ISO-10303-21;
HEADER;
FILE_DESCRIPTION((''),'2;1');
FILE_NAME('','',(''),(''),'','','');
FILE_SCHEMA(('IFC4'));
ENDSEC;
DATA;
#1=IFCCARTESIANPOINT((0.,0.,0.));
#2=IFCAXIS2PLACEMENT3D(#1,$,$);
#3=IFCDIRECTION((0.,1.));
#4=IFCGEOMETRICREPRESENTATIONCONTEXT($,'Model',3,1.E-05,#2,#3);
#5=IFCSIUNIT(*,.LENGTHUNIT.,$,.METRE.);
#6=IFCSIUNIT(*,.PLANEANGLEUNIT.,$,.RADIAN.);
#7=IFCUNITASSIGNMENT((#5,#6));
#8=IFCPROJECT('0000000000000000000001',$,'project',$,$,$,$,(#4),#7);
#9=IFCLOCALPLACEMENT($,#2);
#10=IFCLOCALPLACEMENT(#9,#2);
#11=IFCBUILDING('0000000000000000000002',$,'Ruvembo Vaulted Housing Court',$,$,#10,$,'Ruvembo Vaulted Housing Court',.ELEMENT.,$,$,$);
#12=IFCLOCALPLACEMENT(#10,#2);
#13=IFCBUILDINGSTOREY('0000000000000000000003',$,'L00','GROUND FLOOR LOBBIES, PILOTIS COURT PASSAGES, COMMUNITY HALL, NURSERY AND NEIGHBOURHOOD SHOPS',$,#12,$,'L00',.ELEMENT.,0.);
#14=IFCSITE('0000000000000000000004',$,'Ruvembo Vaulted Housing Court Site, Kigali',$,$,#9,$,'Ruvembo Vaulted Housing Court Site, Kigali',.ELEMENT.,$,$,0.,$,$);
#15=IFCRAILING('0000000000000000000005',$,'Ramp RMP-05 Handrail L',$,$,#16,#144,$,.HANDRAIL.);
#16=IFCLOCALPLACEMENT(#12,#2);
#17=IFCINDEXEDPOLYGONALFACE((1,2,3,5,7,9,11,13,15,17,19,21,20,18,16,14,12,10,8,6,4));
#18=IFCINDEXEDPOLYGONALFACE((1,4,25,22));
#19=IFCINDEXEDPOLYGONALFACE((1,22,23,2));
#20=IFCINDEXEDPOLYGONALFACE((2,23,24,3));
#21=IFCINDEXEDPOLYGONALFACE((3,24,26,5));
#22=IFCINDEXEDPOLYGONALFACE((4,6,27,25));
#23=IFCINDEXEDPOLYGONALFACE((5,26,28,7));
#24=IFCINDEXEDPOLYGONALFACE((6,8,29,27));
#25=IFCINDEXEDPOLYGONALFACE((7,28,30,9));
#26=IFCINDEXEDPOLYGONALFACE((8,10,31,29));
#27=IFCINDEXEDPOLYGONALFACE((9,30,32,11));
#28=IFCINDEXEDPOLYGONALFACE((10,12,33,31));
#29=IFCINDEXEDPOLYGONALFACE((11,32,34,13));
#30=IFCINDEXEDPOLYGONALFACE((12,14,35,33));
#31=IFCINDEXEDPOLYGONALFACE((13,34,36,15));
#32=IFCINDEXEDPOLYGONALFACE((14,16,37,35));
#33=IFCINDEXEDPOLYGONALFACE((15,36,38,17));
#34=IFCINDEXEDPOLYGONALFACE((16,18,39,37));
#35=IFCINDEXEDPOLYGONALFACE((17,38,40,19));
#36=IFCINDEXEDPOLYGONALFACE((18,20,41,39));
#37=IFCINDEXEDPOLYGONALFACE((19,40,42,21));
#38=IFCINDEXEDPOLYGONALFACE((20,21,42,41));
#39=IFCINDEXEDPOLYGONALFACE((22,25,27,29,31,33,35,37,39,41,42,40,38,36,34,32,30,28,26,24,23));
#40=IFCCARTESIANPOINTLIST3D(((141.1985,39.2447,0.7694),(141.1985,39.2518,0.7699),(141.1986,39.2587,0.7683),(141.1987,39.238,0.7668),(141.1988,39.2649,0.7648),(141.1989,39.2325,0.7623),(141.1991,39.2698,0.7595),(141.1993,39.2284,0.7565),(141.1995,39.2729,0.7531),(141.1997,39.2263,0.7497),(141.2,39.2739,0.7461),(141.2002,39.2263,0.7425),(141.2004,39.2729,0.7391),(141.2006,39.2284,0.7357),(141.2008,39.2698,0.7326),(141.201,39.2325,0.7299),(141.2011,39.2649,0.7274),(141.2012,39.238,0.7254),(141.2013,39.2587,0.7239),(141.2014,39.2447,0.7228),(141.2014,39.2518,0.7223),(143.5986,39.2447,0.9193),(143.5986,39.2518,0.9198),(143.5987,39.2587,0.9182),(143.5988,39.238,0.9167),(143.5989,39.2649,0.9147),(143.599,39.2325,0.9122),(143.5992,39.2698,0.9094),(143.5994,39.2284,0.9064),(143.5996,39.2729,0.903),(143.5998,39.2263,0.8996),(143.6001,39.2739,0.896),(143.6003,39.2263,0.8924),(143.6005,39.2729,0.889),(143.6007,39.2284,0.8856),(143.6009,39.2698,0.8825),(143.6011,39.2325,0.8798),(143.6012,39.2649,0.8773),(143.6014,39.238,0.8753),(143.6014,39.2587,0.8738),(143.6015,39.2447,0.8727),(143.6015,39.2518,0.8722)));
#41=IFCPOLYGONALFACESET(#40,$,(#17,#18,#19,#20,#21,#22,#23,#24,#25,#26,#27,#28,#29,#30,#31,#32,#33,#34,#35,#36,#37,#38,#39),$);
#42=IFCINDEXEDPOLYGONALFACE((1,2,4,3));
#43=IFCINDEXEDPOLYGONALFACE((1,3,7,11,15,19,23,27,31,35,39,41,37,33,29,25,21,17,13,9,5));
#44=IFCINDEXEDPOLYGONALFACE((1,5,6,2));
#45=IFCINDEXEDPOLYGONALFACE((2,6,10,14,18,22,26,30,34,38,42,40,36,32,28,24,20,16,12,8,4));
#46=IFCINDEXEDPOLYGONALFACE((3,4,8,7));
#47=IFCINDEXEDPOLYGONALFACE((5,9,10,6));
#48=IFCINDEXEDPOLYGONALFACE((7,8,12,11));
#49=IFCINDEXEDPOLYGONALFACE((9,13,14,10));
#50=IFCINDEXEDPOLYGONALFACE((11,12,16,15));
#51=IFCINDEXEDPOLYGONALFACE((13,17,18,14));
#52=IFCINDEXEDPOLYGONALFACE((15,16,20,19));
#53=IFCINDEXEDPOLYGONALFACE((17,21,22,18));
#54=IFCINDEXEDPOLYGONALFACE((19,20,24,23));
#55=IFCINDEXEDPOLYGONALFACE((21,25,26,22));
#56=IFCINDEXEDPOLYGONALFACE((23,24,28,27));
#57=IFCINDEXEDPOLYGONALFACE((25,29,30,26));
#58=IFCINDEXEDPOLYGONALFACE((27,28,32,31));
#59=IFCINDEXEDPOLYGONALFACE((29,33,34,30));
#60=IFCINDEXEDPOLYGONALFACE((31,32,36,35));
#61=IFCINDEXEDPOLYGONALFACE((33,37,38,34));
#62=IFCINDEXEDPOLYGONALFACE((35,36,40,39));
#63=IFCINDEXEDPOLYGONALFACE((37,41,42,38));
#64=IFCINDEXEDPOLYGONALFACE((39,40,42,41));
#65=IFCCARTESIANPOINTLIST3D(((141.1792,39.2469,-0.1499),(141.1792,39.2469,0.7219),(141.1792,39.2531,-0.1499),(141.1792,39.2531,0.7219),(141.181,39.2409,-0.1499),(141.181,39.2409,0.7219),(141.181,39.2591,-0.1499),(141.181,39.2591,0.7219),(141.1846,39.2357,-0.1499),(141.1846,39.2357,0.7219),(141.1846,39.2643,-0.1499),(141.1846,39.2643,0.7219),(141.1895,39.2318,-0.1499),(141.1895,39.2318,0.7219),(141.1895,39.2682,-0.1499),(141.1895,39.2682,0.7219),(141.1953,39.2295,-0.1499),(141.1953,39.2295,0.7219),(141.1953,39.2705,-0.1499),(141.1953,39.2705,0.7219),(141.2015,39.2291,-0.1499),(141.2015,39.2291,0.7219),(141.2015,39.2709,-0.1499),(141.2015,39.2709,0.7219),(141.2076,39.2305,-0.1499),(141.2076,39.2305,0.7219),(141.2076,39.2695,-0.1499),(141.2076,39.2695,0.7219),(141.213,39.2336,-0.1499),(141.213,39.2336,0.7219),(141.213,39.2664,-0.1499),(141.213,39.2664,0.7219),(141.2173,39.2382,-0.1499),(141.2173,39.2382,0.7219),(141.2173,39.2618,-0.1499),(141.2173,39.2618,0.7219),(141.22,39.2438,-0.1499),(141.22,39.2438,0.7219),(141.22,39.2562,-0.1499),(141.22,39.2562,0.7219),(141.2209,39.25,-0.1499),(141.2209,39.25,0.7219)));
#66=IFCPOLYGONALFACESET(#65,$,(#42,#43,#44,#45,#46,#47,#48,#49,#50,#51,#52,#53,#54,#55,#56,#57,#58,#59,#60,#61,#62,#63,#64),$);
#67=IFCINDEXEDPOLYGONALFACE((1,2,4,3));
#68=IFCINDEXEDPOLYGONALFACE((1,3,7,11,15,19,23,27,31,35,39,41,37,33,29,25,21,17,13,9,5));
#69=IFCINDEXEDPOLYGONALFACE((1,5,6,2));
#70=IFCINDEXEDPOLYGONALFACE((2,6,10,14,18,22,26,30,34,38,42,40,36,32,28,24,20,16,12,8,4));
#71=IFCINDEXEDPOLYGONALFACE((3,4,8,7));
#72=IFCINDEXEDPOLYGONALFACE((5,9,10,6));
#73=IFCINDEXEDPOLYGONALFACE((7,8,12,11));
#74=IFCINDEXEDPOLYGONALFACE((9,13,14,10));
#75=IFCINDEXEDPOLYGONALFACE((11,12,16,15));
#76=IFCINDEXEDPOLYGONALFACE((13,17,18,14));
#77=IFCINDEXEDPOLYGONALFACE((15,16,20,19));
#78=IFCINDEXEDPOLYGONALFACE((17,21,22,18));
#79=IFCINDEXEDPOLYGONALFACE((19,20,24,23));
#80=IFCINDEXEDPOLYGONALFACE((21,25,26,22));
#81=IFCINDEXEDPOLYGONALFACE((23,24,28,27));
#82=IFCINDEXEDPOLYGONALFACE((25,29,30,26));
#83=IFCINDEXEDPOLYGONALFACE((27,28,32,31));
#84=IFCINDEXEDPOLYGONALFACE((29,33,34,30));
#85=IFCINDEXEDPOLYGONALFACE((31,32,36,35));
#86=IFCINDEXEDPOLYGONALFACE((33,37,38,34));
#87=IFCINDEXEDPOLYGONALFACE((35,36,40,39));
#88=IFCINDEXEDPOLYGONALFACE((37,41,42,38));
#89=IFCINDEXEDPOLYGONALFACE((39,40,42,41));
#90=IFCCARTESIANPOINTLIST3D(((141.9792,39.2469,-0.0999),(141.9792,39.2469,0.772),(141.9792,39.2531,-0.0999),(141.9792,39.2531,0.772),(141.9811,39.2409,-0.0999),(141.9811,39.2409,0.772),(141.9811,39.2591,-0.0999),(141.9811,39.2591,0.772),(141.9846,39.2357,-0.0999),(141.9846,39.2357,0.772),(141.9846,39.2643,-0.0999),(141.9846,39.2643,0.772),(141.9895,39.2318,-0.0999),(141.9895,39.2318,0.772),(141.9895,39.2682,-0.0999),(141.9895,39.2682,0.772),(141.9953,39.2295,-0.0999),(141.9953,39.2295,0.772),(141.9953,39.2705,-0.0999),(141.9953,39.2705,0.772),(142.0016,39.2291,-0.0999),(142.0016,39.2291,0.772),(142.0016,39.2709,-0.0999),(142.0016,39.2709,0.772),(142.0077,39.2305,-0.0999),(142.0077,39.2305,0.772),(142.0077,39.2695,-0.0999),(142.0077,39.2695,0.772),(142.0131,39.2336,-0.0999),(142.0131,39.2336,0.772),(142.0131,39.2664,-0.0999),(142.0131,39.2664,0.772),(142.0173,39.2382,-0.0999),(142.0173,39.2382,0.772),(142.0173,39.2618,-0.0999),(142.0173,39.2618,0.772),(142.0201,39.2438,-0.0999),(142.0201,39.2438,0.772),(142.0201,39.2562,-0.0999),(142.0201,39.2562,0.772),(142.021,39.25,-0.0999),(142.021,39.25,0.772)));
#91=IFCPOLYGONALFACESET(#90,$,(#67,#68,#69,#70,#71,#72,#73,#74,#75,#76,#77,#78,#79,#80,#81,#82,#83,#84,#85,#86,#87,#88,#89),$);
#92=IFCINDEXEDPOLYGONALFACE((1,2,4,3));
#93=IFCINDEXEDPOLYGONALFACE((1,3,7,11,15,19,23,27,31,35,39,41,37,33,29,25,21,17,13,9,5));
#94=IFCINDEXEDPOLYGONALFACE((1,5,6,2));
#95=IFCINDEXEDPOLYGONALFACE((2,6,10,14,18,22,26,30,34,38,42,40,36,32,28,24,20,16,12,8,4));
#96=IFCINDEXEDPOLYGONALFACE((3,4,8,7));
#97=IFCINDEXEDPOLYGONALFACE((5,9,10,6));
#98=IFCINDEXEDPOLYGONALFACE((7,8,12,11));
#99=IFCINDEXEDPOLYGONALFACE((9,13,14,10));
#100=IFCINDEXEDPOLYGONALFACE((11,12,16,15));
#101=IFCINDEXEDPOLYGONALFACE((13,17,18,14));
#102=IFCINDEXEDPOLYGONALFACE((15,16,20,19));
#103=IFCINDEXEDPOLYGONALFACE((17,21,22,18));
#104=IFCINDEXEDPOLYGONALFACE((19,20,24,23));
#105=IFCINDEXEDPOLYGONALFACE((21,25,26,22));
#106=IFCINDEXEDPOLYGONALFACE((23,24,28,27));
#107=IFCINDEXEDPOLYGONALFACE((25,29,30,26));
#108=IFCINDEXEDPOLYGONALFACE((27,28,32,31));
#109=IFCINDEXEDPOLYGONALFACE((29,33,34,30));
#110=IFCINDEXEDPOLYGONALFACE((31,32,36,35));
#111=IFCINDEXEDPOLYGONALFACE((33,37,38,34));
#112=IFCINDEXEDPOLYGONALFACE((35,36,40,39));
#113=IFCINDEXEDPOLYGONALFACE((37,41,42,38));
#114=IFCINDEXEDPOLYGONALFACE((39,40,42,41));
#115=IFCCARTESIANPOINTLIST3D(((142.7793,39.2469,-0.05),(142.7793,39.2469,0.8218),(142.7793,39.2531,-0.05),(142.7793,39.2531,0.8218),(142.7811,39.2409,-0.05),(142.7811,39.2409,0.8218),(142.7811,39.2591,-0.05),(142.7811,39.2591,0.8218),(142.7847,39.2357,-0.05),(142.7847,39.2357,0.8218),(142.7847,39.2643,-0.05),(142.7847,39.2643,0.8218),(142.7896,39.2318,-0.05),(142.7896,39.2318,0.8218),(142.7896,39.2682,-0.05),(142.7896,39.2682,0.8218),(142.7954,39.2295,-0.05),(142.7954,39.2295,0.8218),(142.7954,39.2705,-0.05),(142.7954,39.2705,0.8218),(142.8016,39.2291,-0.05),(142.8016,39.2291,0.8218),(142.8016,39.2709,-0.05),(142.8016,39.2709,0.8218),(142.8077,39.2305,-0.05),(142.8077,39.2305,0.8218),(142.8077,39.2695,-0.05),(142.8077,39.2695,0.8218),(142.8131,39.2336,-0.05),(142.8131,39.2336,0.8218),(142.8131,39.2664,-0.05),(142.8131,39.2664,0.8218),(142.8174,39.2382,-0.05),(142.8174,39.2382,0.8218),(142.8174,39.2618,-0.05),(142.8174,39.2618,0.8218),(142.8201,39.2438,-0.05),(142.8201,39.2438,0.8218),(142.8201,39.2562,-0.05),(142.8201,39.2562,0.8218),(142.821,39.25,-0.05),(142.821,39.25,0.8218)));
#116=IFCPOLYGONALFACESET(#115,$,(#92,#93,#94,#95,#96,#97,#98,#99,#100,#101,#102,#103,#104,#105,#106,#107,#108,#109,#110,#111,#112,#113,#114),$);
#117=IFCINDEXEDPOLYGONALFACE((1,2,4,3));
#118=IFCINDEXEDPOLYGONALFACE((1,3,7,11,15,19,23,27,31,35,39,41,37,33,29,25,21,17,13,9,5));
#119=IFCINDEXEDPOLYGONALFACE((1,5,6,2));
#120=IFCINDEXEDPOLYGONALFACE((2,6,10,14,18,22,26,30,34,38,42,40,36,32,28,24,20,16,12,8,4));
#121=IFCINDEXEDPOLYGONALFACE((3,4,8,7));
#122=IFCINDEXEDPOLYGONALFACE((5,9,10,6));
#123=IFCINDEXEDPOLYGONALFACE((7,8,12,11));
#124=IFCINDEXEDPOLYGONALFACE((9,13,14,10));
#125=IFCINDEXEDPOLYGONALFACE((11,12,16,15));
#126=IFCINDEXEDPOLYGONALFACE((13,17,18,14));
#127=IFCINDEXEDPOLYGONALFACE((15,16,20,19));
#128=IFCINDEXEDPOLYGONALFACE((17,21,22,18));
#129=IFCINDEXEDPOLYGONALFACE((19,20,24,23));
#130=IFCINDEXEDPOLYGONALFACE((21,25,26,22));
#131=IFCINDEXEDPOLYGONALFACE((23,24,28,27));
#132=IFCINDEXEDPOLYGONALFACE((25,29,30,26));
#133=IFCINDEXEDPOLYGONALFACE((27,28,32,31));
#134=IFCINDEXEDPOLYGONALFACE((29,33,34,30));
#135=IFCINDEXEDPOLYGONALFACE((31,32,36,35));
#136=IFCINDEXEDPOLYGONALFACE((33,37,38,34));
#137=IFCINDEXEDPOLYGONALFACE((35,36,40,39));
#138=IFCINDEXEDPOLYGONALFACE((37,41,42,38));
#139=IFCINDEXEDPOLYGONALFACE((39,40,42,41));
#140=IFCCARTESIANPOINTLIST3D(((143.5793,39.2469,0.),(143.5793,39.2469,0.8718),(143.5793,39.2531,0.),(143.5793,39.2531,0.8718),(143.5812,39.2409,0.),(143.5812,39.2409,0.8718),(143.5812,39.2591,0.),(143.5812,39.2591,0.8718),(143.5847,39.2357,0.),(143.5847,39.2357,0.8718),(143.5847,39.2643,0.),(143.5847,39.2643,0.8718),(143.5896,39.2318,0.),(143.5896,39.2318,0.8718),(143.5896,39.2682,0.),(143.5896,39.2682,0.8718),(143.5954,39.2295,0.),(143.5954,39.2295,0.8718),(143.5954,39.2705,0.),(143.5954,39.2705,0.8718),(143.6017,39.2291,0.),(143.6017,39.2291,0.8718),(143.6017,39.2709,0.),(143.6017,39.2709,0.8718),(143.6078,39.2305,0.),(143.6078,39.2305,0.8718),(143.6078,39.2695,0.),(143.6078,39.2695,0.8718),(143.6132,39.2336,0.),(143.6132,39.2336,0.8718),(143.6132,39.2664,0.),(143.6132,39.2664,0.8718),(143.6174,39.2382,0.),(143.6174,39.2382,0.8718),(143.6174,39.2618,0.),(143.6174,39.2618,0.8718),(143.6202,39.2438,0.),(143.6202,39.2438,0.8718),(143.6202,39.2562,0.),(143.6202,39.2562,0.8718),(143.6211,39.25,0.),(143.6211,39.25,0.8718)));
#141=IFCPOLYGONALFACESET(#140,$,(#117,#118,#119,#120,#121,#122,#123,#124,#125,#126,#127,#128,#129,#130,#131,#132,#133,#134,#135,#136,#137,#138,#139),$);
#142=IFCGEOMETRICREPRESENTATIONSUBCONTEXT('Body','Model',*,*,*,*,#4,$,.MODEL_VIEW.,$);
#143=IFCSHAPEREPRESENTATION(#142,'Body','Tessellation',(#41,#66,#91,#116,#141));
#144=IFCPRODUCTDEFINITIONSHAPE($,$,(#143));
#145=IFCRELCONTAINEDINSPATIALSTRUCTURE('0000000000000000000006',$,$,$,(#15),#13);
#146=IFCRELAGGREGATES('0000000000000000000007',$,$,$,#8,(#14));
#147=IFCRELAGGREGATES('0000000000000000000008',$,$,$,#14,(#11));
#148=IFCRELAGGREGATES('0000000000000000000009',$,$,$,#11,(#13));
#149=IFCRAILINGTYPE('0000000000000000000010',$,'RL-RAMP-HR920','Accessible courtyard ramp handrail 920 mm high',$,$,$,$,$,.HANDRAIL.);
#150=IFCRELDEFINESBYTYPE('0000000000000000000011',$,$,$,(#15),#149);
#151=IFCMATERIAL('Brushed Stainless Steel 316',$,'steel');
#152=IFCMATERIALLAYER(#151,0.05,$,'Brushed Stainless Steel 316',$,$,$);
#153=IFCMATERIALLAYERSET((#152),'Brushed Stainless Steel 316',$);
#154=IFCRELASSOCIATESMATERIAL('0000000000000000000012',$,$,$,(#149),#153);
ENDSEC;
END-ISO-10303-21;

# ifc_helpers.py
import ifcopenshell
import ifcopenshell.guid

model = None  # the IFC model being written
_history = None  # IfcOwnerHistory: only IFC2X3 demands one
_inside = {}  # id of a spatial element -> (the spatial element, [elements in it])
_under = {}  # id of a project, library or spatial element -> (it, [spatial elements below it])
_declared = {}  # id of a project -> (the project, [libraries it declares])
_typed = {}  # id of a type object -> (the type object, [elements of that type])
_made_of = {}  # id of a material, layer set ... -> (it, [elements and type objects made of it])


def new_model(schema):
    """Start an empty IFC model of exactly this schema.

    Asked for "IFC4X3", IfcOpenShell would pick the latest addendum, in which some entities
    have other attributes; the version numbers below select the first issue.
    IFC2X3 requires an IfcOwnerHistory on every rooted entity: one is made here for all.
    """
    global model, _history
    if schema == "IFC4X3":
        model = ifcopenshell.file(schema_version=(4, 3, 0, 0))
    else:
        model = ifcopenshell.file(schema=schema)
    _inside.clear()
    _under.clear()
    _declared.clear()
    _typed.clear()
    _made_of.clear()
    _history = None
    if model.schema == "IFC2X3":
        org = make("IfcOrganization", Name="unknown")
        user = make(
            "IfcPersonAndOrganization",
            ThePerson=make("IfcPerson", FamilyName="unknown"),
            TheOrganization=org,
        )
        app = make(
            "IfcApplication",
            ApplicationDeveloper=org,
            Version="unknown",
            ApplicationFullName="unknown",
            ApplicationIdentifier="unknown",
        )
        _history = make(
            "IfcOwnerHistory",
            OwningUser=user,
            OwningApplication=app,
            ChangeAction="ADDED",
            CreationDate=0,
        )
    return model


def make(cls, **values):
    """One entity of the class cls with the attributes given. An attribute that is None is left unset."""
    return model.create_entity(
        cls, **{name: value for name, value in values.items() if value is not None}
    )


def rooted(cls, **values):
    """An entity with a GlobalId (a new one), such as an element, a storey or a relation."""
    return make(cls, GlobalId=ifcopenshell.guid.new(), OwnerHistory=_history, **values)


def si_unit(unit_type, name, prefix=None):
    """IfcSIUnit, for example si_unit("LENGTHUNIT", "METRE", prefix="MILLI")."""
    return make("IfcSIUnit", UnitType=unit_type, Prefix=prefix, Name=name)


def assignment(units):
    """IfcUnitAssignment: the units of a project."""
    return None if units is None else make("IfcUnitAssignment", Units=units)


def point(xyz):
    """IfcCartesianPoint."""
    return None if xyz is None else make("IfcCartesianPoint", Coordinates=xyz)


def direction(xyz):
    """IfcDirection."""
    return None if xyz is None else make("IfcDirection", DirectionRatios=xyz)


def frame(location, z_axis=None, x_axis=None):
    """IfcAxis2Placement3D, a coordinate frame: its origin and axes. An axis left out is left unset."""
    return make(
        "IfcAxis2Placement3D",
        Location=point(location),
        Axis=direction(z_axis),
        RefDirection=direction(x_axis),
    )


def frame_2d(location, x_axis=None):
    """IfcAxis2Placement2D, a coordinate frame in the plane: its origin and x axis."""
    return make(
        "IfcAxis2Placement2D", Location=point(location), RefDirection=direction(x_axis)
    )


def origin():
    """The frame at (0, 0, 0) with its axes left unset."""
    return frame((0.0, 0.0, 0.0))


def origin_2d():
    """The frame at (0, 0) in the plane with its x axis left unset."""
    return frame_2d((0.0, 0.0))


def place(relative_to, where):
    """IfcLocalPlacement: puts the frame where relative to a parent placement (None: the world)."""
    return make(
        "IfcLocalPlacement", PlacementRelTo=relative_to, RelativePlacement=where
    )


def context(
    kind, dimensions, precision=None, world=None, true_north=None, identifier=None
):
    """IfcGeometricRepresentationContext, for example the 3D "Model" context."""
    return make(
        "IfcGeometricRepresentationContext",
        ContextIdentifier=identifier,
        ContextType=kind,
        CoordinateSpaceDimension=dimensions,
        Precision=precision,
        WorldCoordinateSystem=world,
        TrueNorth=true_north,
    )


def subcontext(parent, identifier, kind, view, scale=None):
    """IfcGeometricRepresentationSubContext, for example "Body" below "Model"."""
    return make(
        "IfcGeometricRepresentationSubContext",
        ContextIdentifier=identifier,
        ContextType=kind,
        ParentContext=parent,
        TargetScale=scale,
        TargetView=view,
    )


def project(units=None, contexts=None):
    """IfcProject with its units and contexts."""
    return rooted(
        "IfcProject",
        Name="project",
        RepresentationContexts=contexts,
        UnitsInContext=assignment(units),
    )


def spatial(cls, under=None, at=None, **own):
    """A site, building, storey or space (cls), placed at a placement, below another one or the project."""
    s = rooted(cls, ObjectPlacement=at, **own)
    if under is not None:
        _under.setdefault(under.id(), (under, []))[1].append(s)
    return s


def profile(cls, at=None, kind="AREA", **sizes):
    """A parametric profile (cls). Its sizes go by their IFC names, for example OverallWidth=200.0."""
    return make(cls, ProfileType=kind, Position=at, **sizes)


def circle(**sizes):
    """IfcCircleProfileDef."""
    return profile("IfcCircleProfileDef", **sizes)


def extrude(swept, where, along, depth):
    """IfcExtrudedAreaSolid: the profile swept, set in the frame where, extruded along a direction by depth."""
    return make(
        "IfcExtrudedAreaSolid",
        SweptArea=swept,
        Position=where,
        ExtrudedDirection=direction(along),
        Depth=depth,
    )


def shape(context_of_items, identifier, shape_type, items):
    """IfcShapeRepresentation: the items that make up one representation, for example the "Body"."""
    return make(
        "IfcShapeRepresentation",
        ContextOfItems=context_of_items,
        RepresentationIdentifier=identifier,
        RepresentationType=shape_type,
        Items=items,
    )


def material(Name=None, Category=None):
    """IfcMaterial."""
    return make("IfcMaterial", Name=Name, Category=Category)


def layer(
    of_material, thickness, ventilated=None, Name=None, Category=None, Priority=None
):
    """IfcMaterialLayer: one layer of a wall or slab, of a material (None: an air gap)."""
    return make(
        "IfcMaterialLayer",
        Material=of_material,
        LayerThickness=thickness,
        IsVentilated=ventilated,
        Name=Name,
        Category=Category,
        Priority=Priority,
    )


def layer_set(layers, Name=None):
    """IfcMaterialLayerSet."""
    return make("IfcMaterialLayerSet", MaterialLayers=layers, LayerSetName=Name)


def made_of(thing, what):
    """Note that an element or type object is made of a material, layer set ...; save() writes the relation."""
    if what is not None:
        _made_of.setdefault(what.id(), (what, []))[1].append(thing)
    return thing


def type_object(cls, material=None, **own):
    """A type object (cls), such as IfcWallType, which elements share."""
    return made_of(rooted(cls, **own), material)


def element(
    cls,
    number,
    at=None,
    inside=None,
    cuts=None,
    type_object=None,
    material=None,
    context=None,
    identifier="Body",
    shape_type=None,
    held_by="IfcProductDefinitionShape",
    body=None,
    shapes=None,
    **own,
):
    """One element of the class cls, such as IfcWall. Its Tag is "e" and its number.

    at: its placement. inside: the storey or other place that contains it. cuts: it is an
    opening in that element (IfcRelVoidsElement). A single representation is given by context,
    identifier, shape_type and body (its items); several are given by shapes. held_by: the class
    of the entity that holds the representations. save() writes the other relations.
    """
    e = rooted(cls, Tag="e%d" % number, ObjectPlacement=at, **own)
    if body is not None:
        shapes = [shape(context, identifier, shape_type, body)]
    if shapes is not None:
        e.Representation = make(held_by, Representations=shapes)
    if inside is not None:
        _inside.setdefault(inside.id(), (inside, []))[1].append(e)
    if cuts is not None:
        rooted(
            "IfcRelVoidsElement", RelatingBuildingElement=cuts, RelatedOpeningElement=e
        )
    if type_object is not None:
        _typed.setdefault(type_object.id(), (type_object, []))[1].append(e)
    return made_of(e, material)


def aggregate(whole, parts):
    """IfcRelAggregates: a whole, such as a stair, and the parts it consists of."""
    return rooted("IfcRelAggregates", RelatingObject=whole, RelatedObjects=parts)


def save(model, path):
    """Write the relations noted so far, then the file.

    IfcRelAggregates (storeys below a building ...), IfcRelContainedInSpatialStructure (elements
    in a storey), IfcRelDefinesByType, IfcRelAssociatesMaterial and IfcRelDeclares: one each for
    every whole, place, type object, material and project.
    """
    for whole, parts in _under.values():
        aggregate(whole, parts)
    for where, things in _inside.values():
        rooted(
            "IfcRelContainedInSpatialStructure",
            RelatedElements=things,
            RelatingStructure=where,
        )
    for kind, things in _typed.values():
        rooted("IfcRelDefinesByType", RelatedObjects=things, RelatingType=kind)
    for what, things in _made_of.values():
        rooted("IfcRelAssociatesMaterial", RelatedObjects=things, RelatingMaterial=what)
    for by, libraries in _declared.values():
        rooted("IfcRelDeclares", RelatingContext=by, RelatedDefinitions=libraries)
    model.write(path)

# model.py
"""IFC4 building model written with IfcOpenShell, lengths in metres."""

from ifc_helpers import new_model, si_unit, direction, frame, origin, origin_2d, place, context, subcontext, project, spatial, circle, extrude, material, layer, layer_set, type_object, element, save


model = new_model("IFC4")

# Units and contexts
model_context = context("Model", 3, precision=1e-05, world=origin(), true_north=direction((0.0, 1.0)))
body_context = subcontext(model_context, "Body", "Model", "MODEL_VIEW")
ifc_project = project(units=[si_unit("LENGTHUNIT", "METRE"), si_unit("PLANEANGLEUNIT", "RADIAN")], contexts=[model_context])

# Site, building, storey
site_placement = place(None, origin())
site = spatial("IfcSite", under=ifc_project, at=site_placement, Name="Ruvembo Vaulted Housing Court Site, Kigali", LongName="Ruvembo Vaulted Housing Court Site, Kigali", CompositionType="ELEMENT", RefElevation=0.0)
building_placement = place(site_placement, origin())
building = spatial("IfcBuilding", under=site, at=building_placement, Name="Ruvembo Vaulted Housing Court", LongName="Ruvembo Vaulted Housing Court", CompositionType="ELEMENT")
storey_placement = place(building_placement, origin())
storey = spatial("IfcBuildingStorey", under=building, at=storey_placement, Name="L00", Description="GROUND FLOOR LOBBIES, PILOTIS COURT PASSAGES, COMMUNITY HALL, NURSERY AND NEIGHBOURHOOD SHOPS", LongName="L00", CompositionType="ELEMENT", Elevation=0.0)

# Railing
ifc_material_1 = material(Name="Brushed Stainless Steel 316", Category="steel")
ifc_layer_1 = layer(ifc_material_1, 0.05, Name="Brushed Stainless Steel 316")
ifc_layer_set_1 = layer_set([ifc_layer_1], Name="Brushed Stainless Steel 316")
railing_type = type_object("IfcRailingType", Name="RL-RAMP-HR920", Description="Accessible courtyard ramp handrail 920 mm high", PredefinedType="HANDRAIL", material=ifc_layer_set_1)
for number, where, name in (
    (1, (141.2, 39.25, -0.1499), "Ramp RMP-05 Handrail L"),
):
    element("IfcRailing", number, at=place(storey_placement, frame(where)), inside=storey, type_object=railing_type, Name=name, PredefinedType="HANDRAIL", context=body_context, shape_type="SweptSolid", body=[
        extrude(circle(Radius=0.0239, at=origin_2d()), frame((0.0, 0.0, 0.896), z_axis=(0.998055, 0.0, 0.062334), x_axis=(0.0, 1.0, 0.0)), (0.0, 0.0, 1.0), 2.4048),
        extrude(circle(Radius=0.021, at=origin_2d()), origin(), (0.0, 0.0, 1.0), 0.8718),
        extrude(circle(Radius=0.021, at=origin_2d()), frame((0.8, 0.0, 0.05)), (0.0, 0.0, 1.0), 0.8718),
        extrude(circle(Radius=0.021, at=origin_2d()), frame((1.6001, 0.0, 0.0999)), (0.0, 0.0, 1.0), 0.8718),
        extrude(circle(Radius=0.021, at=origin_2d()), frame((2.4001, 0.0, 0.1499)), (0.0, 0.0, 1.0), 0.8718),
    ])

save(model, "model.ifc")
